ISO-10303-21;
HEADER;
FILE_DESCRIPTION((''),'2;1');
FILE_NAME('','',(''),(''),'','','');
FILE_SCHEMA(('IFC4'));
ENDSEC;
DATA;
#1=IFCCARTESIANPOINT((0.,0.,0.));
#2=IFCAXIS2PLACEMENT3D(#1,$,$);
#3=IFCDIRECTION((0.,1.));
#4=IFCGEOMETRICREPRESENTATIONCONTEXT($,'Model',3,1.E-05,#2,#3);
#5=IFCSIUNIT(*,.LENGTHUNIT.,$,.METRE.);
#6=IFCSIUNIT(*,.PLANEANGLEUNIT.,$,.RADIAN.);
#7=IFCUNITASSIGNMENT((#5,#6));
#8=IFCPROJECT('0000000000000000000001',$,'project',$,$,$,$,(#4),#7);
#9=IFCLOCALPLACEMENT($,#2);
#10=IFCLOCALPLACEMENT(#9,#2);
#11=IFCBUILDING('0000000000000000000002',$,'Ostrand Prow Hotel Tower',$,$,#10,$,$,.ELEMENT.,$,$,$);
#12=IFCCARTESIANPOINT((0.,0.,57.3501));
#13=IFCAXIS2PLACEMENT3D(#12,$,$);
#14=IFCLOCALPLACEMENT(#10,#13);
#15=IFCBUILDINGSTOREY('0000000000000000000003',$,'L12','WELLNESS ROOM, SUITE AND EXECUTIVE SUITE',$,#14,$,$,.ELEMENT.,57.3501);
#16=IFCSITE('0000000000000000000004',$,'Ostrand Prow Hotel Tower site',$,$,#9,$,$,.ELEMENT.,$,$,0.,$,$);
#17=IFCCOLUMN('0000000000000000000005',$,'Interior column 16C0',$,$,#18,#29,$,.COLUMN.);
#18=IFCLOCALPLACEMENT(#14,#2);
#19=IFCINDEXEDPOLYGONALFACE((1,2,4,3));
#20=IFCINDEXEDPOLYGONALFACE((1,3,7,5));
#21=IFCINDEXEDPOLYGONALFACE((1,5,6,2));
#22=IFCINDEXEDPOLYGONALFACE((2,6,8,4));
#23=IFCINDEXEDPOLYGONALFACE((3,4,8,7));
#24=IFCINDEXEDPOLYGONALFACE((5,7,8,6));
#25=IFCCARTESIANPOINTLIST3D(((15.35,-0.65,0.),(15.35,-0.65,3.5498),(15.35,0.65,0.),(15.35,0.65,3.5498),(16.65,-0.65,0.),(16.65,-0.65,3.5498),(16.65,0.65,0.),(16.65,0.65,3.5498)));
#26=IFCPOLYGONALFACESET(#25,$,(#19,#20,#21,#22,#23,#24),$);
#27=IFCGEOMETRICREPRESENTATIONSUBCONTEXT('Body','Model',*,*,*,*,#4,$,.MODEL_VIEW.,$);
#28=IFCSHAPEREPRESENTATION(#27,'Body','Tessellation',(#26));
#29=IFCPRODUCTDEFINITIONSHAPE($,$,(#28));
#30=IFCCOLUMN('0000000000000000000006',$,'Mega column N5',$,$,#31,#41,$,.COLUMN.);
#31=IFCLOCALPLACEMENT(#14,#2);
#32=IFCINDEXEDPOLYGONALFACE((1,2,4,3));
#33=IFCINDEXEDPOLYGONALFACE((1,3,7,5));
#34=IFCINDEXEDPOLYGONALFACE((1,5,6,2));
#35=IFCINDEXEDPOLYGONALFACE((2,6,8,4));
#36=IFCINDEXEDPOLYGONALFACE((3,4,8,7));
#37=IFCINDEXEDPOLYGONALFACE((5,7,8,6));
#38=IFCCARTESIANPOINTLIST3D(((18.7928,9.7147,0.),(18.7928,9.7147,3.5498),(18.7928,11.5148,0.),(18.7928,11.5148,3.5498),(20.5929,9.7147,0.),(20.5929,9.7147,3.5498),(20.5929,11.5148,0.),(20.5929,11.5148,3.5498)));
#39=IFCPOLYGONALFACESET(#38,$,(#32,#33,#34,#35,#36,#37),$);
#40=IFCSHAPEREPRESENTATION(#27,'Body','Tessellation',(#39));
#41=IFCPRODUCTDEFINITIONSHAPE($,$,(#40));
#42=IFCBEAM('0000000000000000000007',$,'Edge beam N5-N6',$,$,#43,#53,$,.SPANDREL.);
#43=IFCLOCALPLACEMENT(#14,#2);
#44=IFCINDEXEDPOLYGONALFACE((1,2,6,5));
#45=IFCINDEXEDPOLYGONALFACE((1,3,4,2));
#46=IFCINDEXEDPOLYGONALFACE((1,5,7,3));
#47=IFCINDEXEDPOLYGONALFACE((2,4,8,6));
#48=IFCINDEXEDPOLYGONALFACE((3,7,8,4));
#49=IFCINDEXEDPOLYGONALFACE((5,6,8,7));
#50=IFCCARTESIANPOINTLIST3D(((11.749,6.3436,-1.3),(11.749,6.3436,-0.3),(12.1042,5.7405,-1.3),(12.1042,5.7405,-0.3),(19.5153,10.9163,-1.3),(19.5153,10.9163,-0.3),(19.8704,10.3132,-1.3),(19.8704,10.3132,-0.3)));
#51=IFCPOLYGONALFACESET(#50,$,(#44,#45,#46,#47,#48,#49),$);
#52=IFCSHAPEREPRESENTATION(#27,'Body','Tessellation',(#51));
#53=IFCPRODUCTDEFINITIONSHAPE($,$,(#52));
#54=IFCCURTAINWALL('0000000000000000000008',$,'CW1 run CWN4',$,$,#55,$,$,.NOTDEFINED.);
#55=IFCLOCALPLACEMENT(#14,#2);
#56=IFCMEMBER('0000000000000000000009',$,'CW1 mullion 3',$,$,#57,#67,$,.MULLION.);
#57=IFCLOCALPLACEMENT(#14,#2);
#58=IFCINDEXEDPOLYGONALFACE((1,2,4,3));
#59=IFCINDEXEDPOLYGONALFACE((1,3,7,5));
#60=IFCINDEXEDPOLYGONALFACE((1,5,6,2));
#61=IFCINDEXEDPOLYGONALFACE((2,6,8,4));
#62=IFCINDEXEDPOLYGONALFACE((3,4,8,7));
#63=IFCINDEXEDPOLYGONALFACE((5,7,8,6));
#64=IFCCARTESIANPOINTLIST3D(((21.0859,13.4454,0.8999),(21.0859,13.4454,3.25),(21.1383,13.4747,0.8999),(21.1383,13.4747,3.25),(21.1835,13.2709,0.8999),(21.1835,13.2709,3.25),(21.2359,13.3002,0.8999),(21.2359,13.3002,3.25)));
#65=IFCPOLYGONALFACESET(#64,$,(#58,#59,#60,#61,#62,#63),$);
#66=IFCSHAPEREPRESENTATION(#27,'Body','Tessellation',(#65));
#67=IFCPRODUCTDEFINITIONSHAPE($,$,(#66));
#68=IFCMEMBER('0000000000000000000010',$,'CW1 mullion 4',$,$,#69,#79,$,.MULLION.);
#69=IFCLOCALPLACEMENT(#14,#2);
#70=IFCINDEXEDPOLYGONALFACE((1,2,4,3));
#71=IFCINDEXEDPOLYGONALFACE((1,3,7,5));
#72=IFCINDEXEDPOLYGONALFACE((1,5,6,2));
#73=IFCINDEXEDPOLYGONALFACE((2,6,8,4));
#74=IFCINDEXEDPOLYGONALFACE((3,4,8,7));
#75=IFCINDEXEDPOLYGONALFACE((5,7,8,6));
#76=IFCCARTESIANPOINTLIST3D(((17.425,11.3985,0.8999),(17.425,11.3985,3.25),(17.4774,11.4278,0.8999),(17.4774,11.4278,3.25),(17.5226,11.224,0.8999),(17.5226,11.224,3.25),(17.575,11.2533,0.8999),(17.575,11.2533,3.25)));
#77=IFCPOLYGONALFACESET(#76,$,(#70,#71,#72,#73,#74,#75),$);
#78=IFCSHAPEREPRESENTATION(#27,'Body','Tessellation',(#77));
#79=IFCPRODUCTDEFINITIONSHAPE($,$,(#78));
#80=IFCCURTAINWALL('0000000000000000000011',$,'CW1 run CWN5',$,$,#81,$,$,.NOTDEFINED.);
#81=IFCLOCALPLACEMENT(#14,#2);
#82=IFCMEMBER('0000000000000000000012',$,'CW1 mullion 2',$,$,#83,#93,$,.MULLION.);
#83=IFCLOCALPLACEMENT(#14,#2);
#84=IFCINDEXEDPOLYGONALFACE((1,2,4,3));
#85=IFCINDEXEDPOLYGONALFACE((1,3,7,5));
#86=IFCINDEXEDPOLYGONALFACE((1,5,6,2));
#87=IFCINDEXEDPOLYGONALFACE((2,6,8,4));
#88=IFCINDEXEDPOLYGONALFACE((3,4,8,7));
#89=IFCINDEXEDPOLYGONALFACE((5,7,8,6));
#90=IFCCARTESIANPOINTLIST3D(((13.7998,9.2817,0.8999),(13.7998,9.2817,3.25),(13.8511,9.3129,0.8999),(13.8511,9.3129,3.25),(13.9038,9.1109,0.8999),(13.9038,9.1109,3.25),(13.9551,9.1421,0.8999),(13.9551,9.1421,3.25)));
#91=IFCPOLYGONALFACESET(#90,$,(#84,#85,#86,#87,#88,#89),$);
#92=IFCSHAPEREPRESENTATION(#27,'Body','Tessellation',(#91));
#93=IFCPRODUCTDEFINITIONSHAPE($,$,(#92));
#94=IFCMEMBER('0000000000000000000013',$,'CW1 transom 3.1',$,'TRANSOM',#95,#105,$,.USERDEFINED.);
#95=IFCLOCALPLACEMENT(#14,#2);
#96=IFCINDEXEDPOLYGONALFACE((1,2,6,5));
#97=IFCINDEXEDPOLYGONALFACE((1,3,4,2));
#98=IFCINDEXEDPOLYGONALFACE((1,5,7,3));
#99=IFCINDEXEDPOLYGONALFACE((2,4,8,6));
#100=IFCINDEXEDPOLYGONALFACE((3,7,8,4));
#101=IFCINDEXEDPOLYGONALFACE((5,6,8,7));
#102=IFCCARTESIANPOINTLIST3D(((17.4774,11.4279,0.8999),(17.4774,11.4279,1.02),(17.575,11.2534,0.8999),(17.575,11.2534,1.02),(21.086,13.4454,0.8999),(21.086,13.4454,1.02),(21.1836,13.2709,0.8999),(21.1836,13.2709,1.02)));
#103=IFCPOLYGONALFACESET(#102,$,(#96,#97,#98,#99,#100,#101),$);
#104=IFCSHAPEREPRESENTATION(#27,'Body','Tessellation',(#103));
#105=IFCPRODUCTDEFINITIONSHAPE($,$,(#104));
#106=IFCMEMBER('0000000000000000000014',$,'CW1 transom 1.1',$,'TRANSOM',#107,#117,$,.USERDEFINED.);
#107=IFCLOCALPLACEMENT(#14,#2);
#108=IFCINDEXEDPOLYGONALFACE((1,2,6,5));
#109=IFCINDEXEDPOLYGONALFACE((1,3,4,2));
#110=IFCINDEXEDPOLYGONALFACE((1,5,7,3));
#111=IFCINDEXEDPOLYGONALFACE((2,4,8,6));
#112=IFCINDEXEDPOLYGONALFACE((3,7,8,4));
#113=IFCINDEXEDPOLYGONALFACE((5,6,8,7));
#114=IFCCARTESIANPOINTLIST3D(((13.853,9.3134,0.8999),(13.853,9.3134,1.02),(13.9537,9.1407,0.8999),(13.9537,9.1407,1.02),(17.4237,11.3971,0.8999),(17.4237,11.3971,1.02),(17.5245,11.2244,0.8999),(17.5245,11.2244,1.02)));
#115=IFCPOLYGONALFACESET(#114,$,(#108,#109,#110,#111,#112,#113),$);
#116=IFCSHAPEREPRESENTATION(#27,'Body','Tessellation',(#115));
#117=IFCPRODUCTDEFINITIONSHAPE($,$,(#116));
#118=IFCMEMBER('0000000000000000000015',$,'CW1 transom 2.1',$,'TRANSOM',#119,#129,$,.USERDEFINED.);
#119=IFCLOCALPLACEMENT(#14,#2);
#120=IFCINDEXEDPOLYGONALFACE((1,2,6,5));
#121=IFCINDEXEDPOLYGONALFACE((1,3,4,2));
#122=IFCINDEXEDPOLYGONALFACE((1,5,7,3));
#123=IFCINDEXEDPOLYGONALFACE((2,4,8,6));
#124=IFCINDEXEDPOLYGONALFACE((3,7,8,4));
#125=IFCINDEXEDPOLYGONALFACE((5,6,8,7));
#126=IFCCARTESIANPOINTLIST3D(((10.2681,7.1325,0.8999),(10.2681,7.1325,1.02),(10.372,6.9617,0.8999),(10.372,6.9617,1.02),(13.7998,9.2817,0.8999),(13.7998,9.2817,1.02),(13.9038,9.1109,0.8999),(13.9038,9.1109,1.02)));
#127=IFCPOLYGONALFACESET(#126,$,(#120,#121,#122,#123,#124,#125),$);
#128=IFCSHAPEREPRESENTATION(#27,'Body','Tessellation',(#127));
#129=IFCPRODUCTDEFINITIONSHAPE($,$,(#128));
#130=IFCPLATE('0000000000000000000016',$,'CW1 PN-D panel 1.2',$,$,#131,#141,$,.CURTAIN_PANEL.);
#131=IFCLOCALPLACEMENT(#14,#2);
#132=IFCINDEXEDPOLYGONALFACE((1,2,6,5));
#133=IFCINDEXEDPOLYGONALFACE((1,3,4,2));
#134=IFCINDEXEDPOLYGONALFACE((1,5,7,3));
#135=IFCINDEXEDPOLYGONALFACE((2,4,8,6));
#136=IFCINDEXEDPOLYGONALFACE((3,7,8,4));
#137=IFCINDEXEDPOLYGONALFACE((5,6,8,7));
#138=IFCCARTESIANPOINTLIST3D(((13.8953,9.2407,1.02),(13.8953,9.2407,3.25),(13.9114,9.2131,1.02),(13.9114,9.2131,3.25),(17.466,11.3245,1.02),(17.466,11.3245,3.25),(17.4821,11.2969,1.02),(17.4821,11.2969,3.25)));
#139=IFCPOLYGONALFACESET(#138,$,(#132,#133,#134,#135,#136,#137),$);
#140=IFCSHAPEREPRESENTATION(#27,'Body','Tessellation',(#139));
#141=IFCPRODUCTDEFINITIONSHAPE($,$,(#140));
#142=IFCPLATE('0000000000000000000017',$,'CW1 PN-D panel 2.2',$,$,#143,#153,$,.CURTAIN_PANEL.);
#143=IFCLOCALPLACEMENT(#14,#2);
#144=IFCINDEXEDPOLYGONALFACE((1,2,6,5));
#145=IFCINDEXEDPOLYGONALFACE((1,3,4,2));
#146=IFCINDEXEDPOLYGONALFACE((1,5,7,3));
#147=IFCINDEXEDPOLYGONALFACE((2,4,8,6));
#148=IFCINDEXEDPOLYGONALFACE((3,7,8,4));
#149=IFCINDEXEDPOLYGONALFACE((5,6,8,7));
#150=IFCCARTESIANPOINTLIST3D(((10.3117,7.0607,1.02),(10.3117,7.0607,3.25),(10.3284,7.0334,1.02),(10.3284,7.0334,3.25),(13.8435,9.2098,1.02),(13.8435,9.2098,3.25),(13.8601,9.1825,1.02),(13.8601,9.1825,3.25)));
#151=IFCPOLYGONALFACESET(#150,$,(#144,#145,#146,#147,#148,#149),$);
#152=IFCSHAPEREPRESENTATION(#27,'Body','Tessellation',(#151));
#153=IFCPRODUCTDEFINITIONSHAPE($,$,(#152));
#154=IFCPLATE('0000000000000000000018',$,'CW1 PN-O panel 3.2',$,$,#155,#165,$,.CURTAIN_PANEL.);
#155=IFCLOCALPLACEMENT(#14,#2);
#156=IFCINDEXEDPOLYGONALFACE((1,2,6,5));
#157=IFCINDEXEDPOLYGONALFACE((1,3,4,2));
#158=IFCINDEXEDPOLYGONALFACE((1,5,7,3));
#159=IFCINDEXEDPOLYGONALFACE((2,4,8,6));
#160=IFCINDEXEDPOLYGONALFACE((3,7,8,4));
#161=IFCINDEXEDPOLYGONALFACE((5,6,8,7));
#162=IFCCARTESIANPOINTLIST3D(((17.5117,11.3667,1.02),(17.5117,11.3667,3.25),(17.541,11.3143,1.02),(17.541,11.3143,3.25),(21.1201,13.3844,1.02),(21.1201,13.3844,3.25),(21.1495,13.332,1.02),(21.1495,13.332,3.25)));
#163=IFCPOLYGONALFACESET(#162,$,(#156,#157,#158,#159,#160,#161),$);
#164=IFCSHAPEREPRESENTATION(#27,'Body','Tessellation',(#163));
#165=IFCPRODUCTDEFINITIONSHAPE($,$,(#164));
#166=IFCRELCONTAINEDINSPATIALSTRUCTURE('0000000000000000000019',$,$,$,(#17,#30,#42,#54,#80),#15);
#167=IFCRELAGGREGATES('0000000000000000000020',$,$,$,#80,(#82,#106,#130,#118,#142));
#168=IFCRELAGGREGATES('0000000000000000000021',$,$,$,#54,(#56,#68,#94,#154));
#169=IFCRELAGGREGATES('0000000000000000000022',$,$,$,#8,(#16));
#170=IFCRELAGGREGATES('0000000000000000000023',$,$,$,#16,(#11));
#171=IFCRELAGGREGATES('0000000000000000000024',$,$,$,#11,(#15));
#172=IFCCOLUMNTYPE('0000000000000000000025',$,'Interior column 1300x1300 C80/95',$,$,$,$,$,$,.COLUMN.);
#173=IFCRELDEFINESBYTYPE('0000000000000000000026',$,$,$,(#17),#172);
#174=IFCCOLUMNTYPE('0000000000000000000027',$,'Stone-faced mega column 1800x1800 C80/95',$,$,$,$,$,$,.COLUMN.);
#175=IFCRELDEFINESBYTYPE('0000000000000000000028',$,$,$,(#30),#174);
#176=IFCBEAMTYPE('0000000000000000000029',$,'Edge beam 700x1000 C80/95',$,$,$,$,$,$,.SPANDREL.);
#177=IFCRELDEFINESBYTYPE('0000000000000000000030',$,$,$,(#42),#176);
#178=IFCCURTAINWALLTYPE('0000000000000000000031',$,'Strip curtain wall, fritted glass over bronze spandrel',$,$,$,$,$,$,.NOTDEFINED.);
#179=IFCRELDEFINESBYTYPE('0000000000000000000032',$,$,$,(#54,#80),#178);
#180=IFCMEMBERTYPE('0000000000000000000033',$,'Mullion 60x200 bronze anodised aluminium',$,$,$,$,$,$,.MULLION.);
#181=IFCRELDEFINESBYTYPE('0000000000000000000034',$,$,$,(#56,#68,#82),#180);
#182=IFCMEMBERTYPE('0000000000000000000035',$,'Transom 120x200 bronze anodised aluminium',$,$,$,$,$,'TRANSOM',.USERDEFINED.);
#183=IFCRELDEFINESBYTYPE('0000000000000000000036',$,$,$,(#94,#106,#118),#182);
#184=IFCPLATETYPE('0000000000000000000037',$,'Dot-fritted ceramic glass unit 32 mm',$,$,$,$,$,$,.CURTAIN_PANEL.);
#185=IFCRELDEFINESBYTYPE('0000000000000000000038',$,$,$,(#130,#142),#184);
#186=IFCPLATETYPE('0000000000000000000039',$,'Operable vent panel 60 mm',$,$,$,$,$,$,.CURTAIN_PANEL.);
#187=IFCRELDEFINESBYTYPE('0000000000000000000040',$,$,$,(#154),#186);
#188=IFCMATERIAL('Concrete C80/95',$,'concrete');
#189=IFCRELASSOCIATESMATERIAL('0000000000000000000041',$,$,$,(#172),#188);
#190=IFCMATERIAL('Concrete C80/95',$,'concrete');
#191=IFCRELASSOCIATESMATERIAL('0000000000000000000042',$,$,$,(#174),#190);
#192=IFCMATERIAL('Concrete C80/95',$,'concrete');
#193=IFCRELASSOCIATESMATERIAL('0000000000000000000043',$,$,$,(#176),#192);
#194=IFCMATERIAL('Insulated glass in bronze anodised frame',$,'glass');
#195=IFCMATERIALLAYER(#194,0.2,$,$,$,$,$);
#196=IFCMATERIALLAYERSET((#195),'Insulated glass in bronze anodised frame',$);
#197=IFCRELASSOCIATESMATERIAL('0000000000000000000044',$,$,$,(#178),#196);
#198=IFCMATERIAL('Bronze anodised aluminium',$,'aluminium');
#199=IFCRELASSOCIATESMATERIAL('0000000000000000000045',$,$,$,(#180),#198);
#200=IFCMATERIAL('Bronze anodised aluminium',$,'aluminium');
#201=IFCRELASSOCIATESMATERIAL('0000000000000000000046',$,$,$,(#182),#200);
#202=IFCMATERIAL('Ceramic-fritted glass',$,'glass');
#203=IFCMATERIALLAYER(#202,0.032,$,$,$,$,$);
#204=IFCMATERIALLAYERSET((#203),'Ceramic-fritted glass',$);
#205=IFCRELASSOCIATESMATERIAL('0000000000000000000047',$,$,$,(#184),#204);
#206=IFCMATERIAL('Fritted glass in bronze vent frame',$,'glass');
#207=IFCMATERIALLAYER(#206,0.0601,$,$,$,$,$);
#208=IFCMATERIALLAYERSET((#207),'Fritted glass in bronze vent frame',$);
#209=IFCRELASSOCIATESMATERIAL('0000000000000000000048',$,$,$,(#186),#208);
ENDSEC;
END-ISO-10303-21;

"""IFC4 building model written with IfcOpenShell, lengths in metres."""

from ifc_helpers import new_model, si_unit, direction, frame, origin, origin_2d, place, context, subcontext, project, spatial, rectangle, extrude, material, layer, layer_set, material_profile, profile_set, type_object, element, aggregate, save


model = new_model("IFC4")

# Units and contexts
model_context = context("Model", 3, precision=1e-05, world=origin(), true_north=direction((0.0, 1.0)))
body_context = subcontext(model_context, "Body", "Model", "MODEL_VIEW")
ifc_project = project(units=[si_unit("LENGTHUNIT", "METRE"), si_unit("PLANEANGLEUNIT", "RADIAN")], contexts=[model_context])

# Site, building, storey
site_placement = place(None, origin())
site = spatial("IfcSite", under=ifc_project, at=site_placement, Name="Ostrand Prow Hotel Tower site", CompositionType="ELEMENT", RefElevation=0.0)
building_placement = place(site_placement, origin())
building = spatial("IfcBuilding", under=site, at=building_placement, Name="Ostrand Prow Hotel Tower", CompositionType="ELEMENT")
storey_placement = place(building_placement, frame((0.0, 0.0, 57.3501)))
storey = spatial("IfcBuildingStorey", under=building, at=storey_placement, Name="L12", Description="WELLNESS ROOM, SUITE AND EXECUTIVE SUITE", CompositionType="ELEMENT", Elevation=57.3501)

# Columns
ifc_material_1 = material(Name="Concrete C80/95", Category="concrete")
ifc_material_profile_1 = material_profile(ifc_material_1, rectangle(XDim=1.3, YDim=1.3, at=origin_2d()), Name="RC 1300x1300")
ifc_profile_set_1 = profile_set([ifc_material_profile_1], Name="Concrete C80/95")
column_type_1 = type_object("IfcColumnType", Name="Interior column 1300x1300 C80/95", PredefinedType="COLUMN", material=ifc_profile_set_1)
column_1_placement = place(storey_placement, frame((16.0, 0.0, 0.0), z_axis=(0.0, 0.0, 1.0), x_axis=(1.0, 0.0, 0.0)))
element("IfcColumn", 1, at=column_1_placement, inside=storey, type_object=column_type_1, Name="Interior column 16C0", PredefinedType="COLUMN", context=body_context, shape_type="SweptSolid", body=[
    extrude(rectangle(XDim=1.3, YDim=1.3, at=origin_2d()), origin(), (0.0, 0.0, 1.0), 3.5498),
])
ifc_material_2 = material(Name="Concrete C80/95", Category="concrete")
ifc_material_profile_2 = material_profile(ifc_material_2, rectangle(XDim=1.8, YDim=1.8, at=origin_2d()), Name="RC 1800x1800")
ifc_profile_set_2 = profile_set([ifc_material_profile_2], Name="Concrete C80/95")
column_type_2 = type_object("IfcColumnType", Name="Stone-faced mega column 1800x1800 C80/95", PredefinedType="COLUMN", material=ifc_profile_set_2)
column_2_placement = place(storey_placement, frame((19.6929, 10.6147, 0.0), z_axis=(0.0, 0.0, 1.0), x_axis=(1.0, 0.0, 0.0)))
element("IfcColumn", 2, at=column_2_placement, inside=storey, type_object=column_type_2, Name="Mega column N5", PredefinedType="COLUMN", context=body_context, shape_type="SweptSolid", body=[
    extrude(rectangle(XDim=1.8, YDim=1.8, at=origin_2d()), origin(), (0.0, 0.0, 1.0), 3.5498),
])

# Beam
ifc_material_3 = material(Name="Concrete C80/95", Category="concrete")
ifc_material_profile_3 = material_profile(ifc_material_3, rectangle(XDim=0.7, YDim=1.0, at=origin_2d()), Name="RC 700x1000")
ifc_profile_set_3 = profile_set([ifc_material_profile_3], Name="Concrete C80/95")
beam_type = type_object("IfcBeamType", Name="Edge beam 700x1000 C80/95", PredefinedType="SPANDREL", material=ifc_profile_set_3)
beam_placement = place(storey_placement, frame((19.6929, 10.6147, -0.8), z_axis=(-0.861725, -0.507375, 0.0), x_axis=(0.507375, -0.861725, 0.0)))
element("IfcBeam", 3, at=beam_placement, inside=storey, type_object=beam_type, Name="Edge beam N5-N6", PredefinedType="SPANDREL", context=body_context, shape_type="SweptSolid", body=[
    extrude(rectangle(XDim=0.7, YDim=1.0, at=origin_2d()), origin(), (0.0, 0.0, 1.0), 9.0125),
])

# Curtain wall, members
ifc_material_4 = material(Name="Insulated glass in bronze anodised frame", Category="glass")
ifc_layer_1 = layer(ifc_material_4, 0.2)
ifc_layer_set_1 = layer_set([ifc_layer_1], Name="Insulated glass in bronze anodised frame")
curtain_wall_type = type_object("IfcCurtainWallType", Name="Strip curtain wall, fritted glass over bronze spandrel", PredefinedType="NOTDEFINED", material=ifc_layer_set_1)
curtain_wall_1_placement = place(storey_placement, origin())
curtain_wall_1 = element("IfcCurtainWall", 4, at=curtain_wall_1_placement, inside=storey, type_object=curtain_wall_type, Name="CW1 run CWN4", PredefinedType="NOTDEFINED")
ifc_material_5 = material(Name="Bronze anodised aluminium", Category="aluminium")
ifc_material_profile_4 = material_profile(ifc_material_5, rectangle(XDim=0.2, YDim=0.0601, at=origin_2d()), Name="Mullion 60x200 bronze anodised aluminium")
ifc_profile_set_4 = profile_set([ifc_material_profile_4], Name="Bronze anodised aluminium")
member_type_1 = type_object("IfcMemberType", Name="Mullion 60x200 bronze anodised aluminium", PredefinedType="MULLION", material=ifc_profile_set_4)
member_1_placement = place(storey_placement, frame((21.1609, 13.3728, 0.8999), z_axis=(0.0, 0.0, 1.0), x_axis=(0.488044, -0.872819, 0.0)))
member_1 = element("IfcMember", 5, at=member_1_placement, type_object=member_type_1, Name="CW1 mullion 3", PredefinedType="MULLION", context=body_context, shape_type="SweptSolid", body=[
    extrude(rectangle(XDim=0.2, YDim=0.0601, at=origin_2d()), origin(), (0.0, 0.0, 1.0), 2.3501),
])
member_2_placement = place(storey_placement, frame((17.5, 11.3259, 0.8999), z_axis=(0.0, 0.0, 1.0), x_axis=(0.488044, -0.872819, 0.0)))
member_2 = element("IfcMember", 6, at=member_2_placement, type_object=member_type_1, Name="CW1 mullion 4", PredefinedType="MULLION", context=body_context, shape_type="SweptSolid", body=[
    extrude(rectangle(XDim=0.2, YDim=0.0601, at=origin_2d()), origin(), (0.0, 0.0, 1.0), 2.3501),
])

# Curtain wall, member
curtain_wall_2_placement = place(storey_placement, origin())
curtain_wall_2 = element("IfcCurtainWall", 7, at=curtain_wall_2_placement, inside=storey, type_object=curtain_wall_type, Name="CW1 run CWN5", PredefinedType="NOTDEFINED")
member_3_placement = place(storey_placement, frame((13.8774, 9.2119, 0.8999), z_axis=(0.0, 0.0, 1.0), x_axis=(0.519831, -0.854269, 0.0)))
member_3 = element("IfcMember", 8, at=member_3_placement, type_object=member_type_1, Name="CW1 mullion 2", PredefinedType="MULLION", context=body_context, shape_type="SweptSolid", body=[
    extrude(rectangle(XDim=0.2, YDim=0.0601, at=origin_2d()), origin(), (0.0, 0.0, 1.0), 2.3501),
])

# Members
ifc_material_6 = material(Name="Bronze anodised aluminium", Category="aluminium")
ifc_material_profile_5 = material_profile(ifc_material_6, rectangle(XDim=0.2, YDim=0.1201, at=origin_2d()), Name="Transom 120x200 bronze anodised aluminium")
ifc_profile_set_5 = profile_set([ifc_material_profile_5], Name="Bronze anodised aluminium")
member_type_2 = type_object("IfcMemberType", Name="Transom 120x200 bronze anodised aluminium", ElementType="TRANSOM", PredefinedType="USERDEFINED", material=ifc_profile_set_5)
member_4_placement = place(storey_placement, frame((21.1348, 13.3582, 0.96), z_axis=(-0.872842, -0.488003, 0.0), x_axis=(0.488003, -0.872842, 0.0)))
member_4 = element("IfcMember", 9, at=member_4_placement, type_object=member_type_2, Name="CW1 transom 3.1", ObjectType="TRANSOM", PredefinedType="USERDEFINED", context=body_context, shape_type="SweptSolid", body=[
    extrude(rectangle(XDim=0.2, YDim=0.1201, at=origin_2d()), origin(), (0.0, 0.0, 1.0), 4.1343),
])
member_5_placement = place(storey_placement, frame((17.4741, 11.3108, 0.96), z_axis=(-0.863698, -0.504011, 0.0), x_axis=(0.504011, -0.863698, 0.0)))
member_5 = element("IfcMember", 10, at=member_5_placement, type_object=member_type_2, Name="CW1 transom 1.1", ObjectType="TRANSOM", PredefinedType="USERDEFINED", context=body_context, shape_type="SweptSolid", body=[
    extrude(rectangle(XDim=0.2, YDim=0.1201, at=origin_2d()), origin(), (0.0, 0.0, 1.0), 4.1343),
])
member_6_placement = place(storey_placement, frame((13.8518, 9.1963, 0.96), z_axis=(-0.854261, -0.519844, 0.0), x_axis=(0.519844, -0.854261, 0.0)))
member_6 = element("IfcMember", 11, at=member_6_placement, type_object=member_type_2, Name="CW1 transom 2.1", ObjectType="TRANSOM", PredefinedType="USERDEFINED", context=body_context, shape_type="SweptSolid", body=[
    extrude(rectangle(XDim=0.2, YDim=0.1201, at=origin_2d()), origin(), (0.0, 0.0, 1.0), 4.1343),
])

# Plates
ifc_material_7 = material(Name="Ceramic-fritted glass", Category="glass")
ifc_layer_2 = layer(ifc_material_7, 0.032)
ifc_layer_set_2 = layer_set([ifc_layer_2], Name="Ceramic-fritted glass")
plate_type_1 = type_object("IfcPlateType", Name="Dot-fritted ceramic glass unit 32 mm", PredefinedType="CURTAIN_PANEL", material=ifc_layer_set_2)
plate_1_placement = place(storey_placement, frame((15.6887, 10.2688, 1.02), z_axis=(0.0, 0.0, 1.0), x_axis=(-0.86369, -0.504023, 0.0)))
plate_1 = element("IfcPlate", 12, at=plate_1_placement, type_object=plate_type_1, Name="CW1 PN-D panel 1.2", PredefinedType="CURTAIN_PANEL", context=body_context, shape_type="SweptSolid", body=[
    extrude(rectangle(XDim=4.1343, YDim=0.032, at=origin_2d()), origin(), (0.0, 0.0, 1.0), 2.23),
])
plate_2_placement = place(storey_placement, frame((12.0859, 8.1216, 1.02), z_axis=(0.0, 0.0, 1.0), x_axis=(-0.854269, -0.519831, 0.0)))
plate_2 = element("IfcPlate", 13, at=plate_2_placement, type_object=plate_type_1, Name="CW1 PN-D panel 2.2", PredefinedType="CURTAIN_PANEL", context=body_context, shape_type="SweptSolid", body=[
    extrude(rectangle(XDim=4.1343, YDim=0.032, at=origin_2d()), origin(), (0.0, 0.0, 1.0), 2.23),
])
aggregate(curtain_wall_2, [member_3, member_5, plate_1, member_6, plate_2])
ifc_material_8 = material(Name="Fritted glass in bronze vent frame", Category="glass")
ifc_layer_3 = layer(ifc_material_8, 0.0601)
ifc_layer_set_3 = layer_set([ifc_layer_3], Name="Fritted glass in bronze vent frame")
plate_type_2 = type_object("IfcPlateType", Name="Operable vent panel 60 mm", PredefinedType="CURTAIN_PANEL", material=ifc_layer_set_3)
plate_3_placement = place(storey_placement, frame((19.3306, 12.3494, 1.02), z_axis=(0.0, 0.0, 1.0), x_axis=(-0.872819, -0.488044, 0.0)))
plate_3 = element("IfcPlate", 14, at=plate_3_placement, type_object=plate_type_2, Name="CW1 PN-O panel 3.2", PredefinedType="CURTAIN_PANEL", context=body_context, shape_type="SweptSolid", body=[
    extrude(rectangle(XDim=4.1343, YDim=0.0601, at=origin_2d()), origin(), (0.0, 0.0, 1.0), 2.23),
])
aggregate(curtain_wall_1, [member_1, member_2, member_4, plate_3])

save(model, "model.ifc")
